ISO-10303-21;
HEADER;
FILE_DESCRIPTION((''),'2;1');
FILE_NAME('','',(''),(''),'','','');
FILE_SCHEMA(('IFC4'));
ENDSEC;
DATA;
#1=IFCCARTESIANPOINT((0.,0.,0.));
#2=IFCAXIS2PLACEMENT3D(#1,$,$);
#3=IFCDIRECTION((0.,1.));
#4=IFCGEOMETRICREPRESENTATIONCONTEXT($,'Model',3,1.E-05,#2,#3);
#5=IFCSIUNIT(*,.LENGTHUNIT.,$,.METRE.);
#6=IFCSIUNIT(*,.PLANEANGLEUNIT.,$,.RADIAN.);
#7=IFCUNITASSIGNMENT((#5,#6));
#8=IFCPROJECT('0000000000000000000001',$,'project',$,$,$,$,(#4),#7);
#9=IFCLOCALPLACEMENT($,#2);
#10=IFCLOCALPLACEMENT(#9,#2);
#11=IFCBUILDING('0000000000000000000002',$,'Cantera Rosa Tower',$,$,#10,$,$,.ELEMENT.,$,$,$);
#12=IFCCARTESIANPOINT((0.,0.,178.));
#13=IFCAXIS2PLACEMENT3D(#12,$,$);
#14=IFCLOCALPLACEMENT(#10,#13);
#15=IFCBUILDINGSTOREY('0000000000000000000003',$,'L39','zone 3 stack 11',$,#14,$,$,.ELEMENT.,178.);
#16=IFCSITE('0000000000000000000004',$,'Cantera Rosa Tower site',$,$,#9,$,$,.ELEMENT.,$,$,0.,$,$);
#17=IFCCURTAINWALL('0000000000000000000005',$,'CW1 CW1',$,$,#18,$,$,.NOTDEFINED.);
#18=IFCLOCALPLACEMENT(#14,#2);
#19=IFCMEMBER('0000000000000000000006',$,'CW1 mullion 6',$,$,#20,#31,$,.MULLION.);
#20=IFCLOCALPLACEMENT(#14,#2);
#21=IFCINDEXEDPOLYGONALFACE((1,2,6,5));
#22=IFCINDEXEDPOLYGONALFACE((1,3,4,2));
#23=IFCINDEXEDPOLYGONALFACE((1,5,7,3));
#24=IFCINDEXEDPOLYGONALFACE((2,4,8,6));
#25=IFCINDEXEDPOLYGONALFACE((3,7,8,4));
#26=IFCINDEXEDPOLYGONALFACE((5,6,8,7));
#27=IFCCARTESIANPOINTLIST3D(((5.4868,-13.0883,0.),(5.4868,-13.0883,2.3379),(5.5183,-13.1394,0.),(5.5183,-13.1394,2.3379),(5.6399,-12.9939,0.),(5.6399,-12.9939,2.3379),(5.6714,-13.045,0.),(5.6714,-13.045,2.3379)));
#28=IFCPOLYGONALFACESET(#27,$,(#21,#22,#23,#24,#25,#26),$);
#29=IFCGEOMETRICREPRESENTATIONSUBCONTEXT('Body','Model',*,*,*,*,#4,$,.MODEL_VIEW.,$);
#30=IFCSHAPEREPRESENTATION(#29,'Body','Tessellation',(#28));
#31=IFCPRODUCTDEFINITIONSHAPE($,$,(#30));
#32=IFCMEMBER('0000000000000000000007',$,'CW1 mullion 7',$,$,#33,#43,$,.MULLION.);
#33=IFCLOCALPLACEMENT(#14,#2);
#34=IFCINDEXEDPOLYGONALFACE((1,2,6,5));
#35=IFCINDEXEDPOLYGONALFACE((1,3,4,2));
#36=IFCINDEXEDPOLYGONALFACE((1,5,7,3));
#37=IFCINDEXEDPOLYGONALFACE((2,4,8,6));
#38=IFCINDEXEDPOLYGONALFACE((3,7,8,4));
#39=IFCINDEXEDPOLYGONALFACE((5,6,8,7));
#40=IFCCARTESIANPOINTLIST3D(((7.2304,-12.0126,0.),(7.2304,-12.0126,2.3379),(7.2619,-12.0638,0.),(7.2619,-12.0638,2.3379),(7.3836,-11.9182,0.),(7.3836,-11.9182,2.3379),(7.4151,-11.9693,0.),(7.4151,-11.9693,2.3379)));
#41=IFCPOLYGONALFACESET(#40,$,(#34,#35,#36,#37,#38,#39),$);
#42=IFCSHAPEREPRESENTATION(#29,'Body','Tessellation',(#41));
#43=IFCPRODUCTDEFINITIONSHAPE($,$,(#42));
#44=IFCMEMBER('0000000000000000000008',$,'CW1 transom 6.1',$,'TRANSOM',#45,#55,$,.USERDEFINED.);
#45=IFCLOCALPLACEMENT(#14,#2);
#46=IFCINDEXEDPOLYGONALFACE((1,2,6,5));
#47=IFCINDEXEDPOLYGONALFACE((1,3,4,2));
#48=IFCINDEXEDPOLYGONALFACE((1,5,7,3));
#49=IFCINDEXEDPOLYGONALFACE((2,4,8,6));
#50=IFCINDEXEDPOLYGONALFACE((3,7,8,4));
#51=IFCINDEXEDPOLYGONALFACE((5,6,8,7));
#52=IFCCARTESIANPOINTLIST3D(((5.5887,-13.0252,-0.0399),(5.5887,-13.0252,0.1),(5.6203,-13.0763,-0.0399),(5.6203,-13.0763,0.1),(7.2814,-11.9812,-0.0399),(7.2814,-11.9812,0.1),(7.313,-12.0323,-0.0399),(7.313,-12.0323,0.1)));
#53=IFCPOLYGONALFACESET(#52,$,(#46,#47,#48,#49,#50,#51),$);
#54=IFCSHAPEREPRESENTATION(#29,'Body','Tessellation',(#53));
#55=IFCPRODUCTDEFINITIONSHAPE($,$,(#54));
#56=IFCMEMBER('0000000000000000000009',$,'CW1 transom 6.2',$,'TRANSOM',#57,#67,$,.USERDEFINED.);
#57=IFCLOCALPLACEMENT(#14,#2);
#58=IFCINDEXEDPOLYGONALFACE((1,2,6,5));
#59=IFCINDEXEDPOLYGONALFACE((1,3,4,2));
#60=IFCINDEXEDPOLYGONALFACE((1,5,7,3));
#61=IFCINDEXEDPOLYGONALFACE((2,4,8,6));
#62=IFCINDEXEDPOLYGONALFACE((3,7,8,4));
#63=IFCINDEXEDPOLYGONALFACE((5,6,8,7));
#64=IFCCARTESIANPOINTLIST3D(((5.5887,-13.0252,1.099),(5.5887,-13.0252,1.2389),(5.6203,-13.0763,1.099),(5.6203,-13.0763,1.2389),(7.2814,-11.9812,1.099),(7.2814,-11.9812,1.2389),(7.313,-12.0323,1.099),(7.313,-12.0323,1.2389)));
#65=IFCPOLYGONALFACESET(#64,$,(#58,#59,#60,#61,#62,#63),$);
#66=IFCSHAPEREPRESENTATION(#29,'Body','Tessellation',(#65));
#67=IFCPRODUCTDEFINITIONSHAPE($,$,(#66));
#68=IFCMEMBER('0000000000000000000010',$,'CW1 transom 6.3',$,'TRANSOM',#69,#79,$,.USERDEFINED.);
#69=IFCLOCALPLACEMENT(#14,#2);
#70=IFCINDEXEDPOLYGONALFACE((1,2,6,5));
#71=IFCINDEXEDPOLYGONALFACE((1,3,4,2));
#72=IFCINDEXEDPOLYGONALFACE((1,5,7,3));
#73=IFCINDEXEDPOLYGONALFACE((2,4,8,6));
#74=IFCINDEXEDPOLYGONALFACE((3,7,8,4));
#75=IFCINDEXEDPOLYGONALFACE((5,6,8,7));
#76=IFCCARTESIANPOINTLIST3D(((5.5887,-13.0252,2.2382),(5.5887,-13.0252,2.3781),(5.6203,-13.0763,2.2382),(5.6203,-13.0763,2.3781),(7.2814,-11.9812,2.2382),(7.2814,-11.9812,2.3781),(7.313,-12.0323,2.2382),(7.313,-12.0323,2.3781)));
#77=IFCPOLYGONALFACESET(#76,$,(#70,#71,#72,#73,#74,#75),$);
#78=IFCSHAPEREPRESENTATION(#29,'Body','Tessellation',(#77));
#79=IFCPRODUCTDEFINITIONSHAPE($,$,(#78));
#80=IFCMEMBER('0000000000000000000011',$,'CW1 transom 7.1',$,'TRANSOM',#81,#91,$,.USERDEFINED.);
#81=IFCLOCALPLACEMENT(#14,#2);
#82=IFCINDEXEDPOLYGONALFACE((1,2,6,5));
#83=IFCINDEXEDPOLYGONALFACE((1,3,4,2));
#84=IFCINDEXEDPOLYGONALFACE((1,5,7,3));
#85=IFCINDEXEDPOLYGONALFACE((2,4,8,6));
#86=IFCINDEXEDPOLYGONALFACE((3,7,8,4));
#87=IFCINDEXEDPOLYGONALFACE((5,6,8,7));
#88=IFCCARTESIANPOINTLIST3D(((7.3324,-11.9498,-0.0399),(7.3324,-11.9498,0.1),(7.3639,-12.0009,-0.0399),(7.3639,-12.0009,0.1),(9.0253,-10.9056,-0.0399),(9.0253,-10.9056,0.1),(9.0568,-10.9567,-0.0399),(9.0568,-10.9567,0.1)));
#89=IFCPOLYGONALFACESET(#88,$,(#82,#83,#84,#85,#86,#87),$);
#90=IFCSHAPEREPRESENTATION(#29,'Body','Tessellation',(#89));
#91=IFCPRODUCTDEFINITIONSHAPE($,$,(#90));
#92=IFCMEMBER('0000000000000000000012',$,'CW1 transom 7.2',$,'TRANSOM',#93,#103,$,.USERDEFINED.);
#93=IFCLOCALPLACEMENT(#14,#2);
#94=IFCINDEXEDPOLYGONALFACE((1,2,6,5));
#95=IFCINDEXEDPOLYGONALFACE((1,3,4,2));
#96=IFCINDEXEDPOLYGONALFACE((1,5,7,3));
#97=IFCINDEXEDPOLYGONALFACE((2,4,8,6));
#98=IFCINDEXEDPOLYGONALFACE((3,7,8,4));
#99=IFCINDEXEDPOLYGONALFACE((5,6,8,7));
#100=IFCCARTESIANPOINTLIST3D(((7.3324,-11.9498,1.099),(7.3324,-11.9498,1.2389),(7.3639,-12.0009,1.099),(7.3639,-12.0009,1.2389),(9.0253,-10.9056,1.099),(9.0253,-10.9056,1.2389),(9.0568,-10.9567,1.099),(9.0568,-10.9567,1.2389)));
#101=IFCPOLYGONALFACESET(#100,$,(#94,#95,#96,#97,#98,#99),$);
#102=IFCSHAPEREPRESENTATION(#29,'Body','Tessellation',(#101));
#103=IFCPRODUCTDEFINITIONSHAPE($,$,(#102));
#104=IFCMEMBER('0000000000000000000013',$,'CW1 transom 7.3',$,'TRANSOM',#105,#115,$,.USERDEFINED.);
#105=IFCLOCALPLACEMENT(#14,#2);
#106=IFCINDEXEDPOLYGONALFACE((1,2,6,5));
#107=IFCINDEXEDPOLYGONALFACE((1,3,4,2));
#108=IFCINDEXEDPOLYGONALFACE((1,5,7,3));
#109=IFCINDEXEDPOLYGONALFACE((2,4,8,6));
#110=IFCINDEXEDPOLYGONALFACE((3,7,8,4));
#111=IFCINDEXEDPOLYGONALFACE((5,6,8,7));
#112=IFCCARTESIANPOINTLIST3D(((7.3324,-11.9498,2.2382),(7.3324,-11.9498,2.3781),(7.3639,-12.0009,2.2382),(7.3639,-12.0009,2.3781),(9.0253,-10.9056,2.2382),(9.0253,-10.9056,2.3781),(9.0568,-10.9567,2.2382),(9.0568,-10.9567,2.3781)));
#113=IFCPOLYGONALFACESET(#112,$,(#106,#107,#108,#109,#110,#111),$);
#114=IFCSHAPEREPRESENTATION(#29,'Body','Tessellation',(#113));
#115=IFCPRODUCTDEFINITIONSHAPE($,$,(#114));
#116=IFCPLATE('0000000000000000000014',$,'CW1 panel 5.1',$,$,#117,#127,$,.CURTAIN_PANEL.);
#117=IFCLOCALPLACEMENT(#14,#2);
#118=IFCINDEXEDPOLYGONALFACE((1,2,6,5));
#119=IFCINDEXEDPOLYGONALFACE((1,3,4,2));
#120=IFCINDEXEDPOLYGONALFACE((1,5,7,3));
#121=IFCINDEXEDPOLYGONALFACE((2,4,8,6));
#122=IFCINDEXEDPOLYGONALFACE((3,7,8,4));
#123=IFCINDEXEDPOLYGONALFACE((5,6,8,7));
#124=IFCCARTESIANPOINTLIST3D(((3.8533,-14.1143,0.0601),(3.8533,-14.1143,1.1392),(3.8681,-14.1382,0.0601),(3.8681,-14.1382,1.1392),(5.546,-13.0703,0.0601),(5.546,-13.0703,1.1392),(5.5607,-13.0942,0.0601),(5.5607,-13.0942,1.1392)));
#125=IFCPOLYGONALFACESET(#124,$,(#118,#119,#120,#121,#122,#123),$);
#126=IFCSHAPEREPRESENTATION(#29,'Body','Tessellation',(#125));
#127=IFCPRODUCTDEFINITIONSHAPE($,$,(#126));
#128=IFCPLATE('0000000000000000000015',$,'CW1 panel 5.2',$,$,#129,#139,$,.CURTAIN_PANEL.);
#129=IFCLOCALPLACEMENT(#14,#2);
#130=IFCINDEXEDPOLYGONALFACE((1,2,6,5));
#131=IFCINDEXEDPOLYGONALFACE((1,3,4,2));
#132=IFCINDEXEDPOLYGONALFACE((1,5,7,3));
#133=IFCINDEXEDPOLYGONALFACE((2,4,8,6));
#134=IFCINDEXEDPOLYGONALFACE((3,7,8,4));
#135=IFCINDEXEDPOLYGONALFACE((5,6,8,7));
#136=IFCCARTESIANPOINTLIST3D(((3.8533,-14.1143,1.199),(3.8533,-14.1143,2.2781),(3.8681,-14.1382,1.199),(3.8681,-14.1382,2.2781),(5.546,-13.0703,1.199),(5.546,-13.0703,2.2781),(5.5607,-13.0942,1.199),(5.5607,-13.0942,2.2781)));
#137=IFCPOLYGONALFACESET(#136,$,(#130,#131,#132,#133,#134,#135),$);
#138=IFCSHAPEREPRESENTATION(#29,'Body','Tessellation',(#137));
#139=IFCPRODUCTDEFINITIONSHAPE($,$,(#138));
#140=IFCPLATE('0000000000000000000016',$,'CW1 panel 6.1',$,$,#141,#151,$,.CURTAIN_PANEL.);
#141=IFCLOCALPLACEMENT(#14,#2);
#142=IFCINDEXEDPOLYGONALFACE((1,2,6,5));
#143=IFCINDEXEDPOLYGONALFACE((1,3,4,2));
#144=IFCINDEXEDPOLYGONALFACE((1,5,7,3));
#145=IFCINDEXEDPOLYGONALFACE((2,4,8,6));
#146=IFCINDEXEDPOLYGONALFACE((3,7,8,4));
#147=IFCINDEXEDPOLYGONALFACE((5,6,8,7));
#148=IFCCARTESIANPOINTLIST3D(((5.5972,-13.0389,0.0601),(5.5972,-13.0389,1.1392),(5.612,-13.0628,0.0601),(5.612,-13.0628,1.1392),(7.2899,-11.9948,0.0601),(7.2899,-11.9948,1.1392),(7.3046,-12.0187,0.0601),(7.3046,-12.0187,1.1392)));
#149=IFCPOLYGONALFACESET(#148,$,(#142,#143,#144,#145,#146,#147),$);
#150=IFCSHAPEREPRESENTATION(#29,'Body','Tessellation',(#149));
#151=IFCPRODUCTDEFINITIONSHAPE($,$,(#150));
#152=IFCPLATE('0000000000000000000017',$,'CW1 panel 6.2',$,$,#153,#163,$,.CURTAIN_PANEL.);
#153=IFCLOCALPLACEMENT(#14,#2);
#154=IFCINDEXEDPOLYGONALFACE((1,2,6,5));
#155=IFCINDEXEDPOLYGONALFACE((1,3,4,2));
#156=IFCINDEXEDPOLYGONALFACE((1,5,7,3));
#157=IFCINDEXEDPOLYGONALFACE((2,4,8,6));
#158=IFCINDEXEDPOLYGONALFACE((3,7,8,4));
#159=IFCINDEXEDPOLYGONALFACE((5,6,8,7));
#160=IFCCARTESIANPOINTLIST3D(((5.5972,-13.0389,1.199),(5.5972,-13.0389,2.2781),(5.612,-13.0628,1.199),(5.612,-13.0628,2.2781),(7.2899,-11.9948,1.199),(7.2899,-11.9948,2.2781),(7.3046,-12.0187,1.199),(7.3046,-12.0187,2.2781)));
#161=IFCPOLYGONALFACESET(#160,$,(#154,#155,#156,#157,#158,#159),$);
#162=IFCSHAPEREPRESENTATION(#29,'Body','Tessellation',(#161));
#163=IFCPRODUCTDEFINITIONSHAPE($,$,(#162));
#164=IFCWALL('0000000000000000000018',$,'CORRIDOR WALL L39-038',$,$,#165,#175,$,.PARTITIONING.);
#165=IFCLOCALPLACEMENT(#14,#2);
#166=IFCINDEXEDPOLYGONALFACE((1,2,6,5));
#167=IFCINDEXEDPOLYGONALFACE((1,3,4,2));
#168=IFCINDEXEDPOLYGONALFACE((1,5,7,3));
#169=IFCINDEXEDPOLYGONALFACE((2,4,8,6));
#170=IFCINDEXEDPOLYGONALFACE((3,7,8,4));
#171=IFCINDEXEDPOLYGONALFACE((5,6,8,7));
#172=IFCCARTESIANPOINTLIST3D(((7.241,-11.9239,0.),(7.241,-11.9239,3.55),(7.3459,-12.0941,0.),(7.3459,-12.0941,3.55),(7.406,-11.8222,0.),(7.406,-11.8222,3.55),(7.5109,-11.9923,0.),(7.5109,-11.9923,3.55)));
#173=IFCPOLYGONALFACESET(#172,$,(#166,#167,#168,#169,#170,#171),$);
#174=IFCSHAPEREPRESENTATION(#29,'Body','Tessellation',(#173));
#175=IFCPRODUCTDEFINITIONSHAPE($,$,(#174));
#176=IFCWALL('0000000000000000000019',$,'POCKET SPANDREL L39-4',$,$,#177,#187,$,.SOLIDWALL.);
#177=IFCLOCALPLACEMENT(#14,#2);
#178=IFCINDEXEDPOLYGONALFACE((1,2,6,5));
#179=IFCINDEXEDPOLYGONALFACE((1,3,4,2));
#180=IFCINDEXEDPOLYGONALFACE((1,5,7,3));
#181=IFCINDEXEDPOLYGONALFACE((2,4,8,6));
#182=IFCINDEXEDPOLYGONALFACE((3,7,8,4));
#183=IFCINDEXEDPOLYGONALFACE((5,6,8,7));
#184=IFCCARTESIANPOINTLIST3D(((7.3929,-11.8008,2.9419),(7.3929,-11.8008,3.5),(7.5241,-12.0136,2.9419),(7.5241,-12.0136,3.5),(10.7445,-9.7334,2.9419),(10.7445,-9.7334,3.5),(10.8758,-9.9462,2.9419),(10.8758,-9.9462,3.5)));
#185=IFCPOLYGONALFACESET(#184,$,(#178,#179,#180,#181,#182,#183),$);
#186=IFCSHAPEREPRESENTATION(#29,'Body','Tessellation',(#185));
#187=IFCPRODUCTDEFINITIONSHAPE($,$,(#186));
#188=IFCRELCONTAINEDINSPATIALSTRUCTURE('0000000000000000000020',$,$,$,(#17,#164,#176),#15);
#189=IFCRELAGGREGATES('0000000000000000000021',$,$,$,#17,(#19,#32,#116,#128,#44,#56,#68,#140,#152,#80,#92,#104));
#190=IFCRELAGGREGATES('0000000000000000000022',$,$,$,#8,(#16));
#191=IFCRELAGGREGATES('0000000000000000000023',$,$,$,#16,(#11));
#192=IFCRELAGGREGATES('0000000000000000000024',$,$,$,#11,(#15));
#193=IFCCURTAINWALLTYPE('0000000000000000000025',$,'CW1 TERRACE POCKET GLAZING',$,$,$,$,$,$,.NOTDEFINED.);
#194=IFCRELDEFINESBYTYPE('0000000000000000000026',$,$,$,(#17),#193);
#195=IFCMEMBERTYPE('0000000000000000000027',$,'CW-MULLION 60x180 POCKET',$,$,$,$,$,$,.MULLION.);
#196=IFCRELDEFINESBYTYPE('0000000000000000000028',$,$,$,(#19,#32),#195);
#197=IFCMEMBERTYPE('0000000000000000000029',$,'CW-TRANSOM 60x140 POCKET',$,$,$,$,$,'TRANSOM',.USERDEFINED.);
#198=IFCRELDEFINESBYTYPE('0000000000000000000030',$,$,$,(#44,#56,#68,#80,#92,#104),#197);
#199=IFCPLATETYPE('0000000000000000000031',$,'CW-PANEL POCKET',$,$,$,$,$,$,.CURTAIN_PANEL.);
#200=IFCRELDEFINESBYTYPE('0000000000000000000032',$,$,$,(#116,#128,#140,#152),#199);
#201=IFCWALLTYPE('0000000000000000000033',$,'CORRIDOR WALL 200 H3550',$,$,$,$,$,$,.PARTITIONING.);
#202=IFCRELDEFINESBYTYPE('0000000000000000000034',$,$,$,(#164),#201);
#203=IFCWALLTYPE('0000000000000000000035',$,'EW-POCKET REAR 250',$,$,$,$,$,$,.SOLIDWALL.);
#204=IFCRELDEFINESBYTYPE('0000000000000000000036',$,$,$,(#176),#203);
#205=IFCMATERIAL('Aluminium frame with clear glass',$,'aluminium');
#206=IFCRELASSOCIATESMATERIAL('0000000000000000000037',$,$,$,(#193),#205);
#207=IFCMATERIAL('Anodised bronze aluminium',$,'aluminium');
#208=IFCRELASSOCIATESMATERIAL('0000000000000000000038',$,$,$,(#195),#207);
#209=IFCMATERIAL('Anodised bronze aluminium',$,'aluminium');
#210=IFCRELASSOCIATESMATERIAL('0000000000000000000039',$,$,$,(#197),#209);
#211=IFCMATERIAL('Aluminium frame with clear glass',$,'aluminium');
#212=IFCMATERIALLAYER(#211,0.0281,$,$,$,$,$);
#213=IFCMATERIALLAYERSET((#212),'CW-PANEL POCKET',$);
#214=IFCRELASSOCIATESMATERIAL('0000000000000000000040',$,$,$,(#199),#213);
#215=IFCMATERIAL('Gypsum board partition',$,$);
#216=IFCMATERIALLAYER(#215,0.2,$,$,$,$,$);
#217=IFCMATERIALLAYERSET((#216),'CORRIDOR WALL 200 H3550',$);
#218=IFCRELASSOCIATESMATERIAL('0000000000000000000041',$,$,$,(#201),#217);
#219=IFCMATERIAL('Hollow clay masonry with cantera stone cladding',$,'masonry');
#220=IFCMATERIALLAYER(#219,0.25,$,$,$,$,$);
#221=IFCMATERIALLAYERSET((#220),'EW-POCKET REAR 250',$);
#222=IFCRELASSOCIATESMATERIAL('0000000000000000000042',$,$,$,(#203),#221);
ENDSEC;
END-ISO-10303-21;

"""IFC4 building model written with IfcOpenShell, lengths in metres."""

from ifc_helpers import new_model, si_unit, direction, frame, frame_2d, origin, origin_2d, place, context, subcontext, project, spatial, rectangle, extrude, material, layer, layer_set, material_profile, profile_set, type_object, element, aggregate, save


model = new_model("IFC4")

# Units and contexts
model_context = context("Model", 3, precision=1e-05, world=origin(), true_north=direction((0.0, 1.0)))
body_context = subcontext(model_context, "Body", "Model", "MODEL_VIEW")
ifc_project = project(units=[si_unit("LENGTHUNIT", "METRE"), si_unit("PLANEANGLEUNIT", "RADIAN")], contexts=[model_context])

# Site, building, storey
site_placement = place(None, origin())
site = spatial("IfcSite", under=ifc_project, at=site_placement, Name="Cantera Rosa Tower site", CompositionType="ELEMENT", RefElevation=0.0)
building_placement = place(site_placement, origin())
building = spatial("IfcBuilding", under=site, at=building_placement, Name="Cantera Rosa Tower", CompositionType="ELEMENT")
storey_placement = place(building_placement, frame((0.0, 0.0, 178.0)))
storey = spatial("IfcBuildingStorey", under=building, at=storey_placement, Name="L39", Description="zone 3 stack 11", CompositionType="ELEMENT", Elevation=178.0)

# Curtain wall, members, plates
ifc_material_1 = material(Name="Aluminium frame with clear glass", Category="aluminium")
curtain_wall_type = type_object("IfcCurtainWallType", Name="CW1 TERRACE POCKET GLAZING", PredefinedType="NOTDEFINED", material=ifc_material_1)
curtain_wall_placement = place(storey_placement, origin())
curtain_wall = element("IfcCurtainWall", 1, at=curtain_wall_placement, inside=storey, type_object=curtain_wall_type, Name="CW1 CW1", PredefinedType="NOTDEFINED")
ifc_material_2 = material(Name="Anodised bronze aluminium", Category="aluminium")
ifc_material_profile_1 = material_profile(ifc_material_2, rectangle(XDim=0.0601, YDim=0.1799, at=origin_2d()), Name="CW-MULLION 60x180 POCKET")
ifc_profile_set_1 = profile_set([ifc_material_profile_1], Name="Anodised bronze aluminium")
member_type_1 = type_object("IfcMemberType", Name="CW-MULLION 60x180 POCKET", PredefinedType="MULLION", material=ifc_profile_set_1)
member_1_placement = place(storey_placement, frame((5.5791, -13.0667, 0.0), z_axis=(0.0, 0.0, 1.0), x_axis=(-0.524977, 0.851117, 0.0)))
member_1 = element("IfcMember", 2, at=member_1_placement, type_object=member_type_1, Name="CW1 mullion 6", PredefinedType="MULLION", context=body_context, shape_type="SweptSolid", body=[
    extrude(rectangle(XDim=0.0601, YDim=0.1799, at=origin_2d()), origin(), (0.0, 0.0, 1.0), 2.3379),
])
member_2_placement = place(storey_placement, frame((7.3228, -11.991, 0.0), z_axis=(0.0, 0.0, 1.0), x_axis=(-0.524977, 0.851117, 0.0)))
member_2 = element("IfcMember", 3, at=member_2_placement, type_object=member_type_1, Name="CW1 mullion 7", PredefinedType="MULLION", context=body_context, shape_type="SweptSolid", body=[
    extrude(rectangle(XDim=0.0601, YDim=0.1799, at=origin_2d()), origin(), (0.0, 0.0, 1.0), 2.3379),
])
ifc_material_3 = material(Name="Anodised bronze aluminium", Category="aluminium")
ifc_material_profile_2 = material_profile(ifc_material_3, rectangle(XDim=0.0601, YDim=0.1399, at=origin_2d()), Name="CW-TRANSOM 60x140 POCKET")
ifc_profile_set_2 = profile_set([ifc_material_profile_2], Name="Anodised bronze aluminium")
member_type_2 = type_object("IfcMemberType", Name="CW-TRANSOM 60x140 POCKET", ElementType="TRANSOM", PredefinedType="USERDEFINED", material=ifc_profile_set_2)
member_3_placement = place(storey_placement, frame((5.6045, -13.0508, 0.03), z_axis=(0.851135, 0.524947, 0.0), x_axis=(-0.524947, 0.851135, 0.0)))
member_3 = element("IfcMember", 4, at=member_3_placement, type_object=member_type_2, Name="CW1 transom 6.1", ObjectType="TRANSOM", PredefinedType="USERDEFINED", context=body_context, shape_type="SweptSolid", body=[
    extrude(rectangle(XDim=0.0601, YDim=0.1399, at=origin_2d()), origin(), (0.0, 0.0, 1.0), 1.9888),
])
member_4_placement = place(storey_placement, frame((5.6045, -13.0508, 1.1689), z_axis=(0.851135, 0.524947, 0.0), x_axis=(-0.524947, 0.851135, 0.0)))
member_4 = element("IfcMember", 5, at=member_4_placement, type_object=member_type_2, Name="CW1 transom 6.2", ObjectType="TRANSOM", PredefinedType="USERDEFINED", context=body_context, shape_type="SweptSolid", body=[
    extrude(rectangle(XDim=0.0601, YDim=0.1399, at=origin_2d()), origin(), (0.0, 0.0, 1.0), 1.9888),
])
member_5_placement = place(storey_placement, frame((5.6045, -13.0508, 2.3081), z_axis=(0.851135, 0.524947, 0.0), x_axis=(-0.524947, 0.851135, 0.0)))
member_5 = element("IfcMember", 6, at=member_5_placement, type_object=member_type_2, Name="CW1 transom 6.3", ObjectType="TRANSOM", PredefinedType="USERDEFINED", context=body_context, shape_type="SweptSolid", body=[
    extrude(rectangle(XDim=0.0601, YDim=0.1399, at=origin_2d()), origin(), (0.0, 0.0, 1.0), 1.9888),
])
member_6_placement = place(storey_placement, frame((7.3481, -11.9753, 0.03), z_axis=(0.851114, 0.524981, 0.0), x_axis=(-0.524981, 0.851114, 0.0)))
member_6 = element("IfcMember", 7, at=member_6_placement, type_object=member_type_2, Name="CW1 transom 7.1", ObjectType="TRANSOM", PredefinedType="USERDEFINED", context=body_context, shape_type="SweptSolid", body=[
    extrude(rectangle(XDim=0.0601, YDim=0.1399, at=origin_2d()), origin(), (0.0, 0.0, 1.0), 1.989),
])
member_7_placement = place(storey_placement, frame((7.3481, -11.9753, 1.1689), z_axis=(0.851114, 0.524981, 0.0), x_axis=(-0.524981, 0.851114, 0.0)))
member_7 = element("IfcMember", 8, at=member_7_placement, type_object=member_type_2, Name="CW1 transom 7.2", ObjectType="TRANSOM", PredefinedType="USERDEFINED", context=body_context, shape_type="SweptSolid", body=[
    extrude(rectangle(XDim=0.0601, YDim=0.1399, at=origin_2d()), origin(), (0.0, 0.0, 1.0), 1.989),
])
member_8_placement = place(storey_placement, frame((7.3481, -11.9753, 2.3081), z_axis=(0.851114, 0.524981, 0.0), x_axis=(-0.524981, 0.851114, 0.0)))
member_8 = element("IfcMember", 9, at=member_8_placement, type_object=member_type_2, Name="CW1 transom 7.3", ObjectType="TRANSOM", PredefinedType="USERDEFINED", context=body_context, shape_type="SweptSolid", body=[
    extrude(rectangle(XDim=0.0601, YDim=0.1399, at=origin_2d()), origin(), (0.0, 0.0, 1.0), 1.989),
])
ifc_material_4 = material(Name="Aluminium frame with clear glass", Category="aluminium")
ifc_layer_1 = layer(ifc_material_4, 0.0281)
ifc_layer_set_1 = layer_set([ifc_layer_1], Name="CW-PANEL POCKET")
plate_type = type_object("IfcPlateType", Name="CW-PANEL POCKET", PredefinedType="CURTAIN_PANEL", material=ifc_layer_set_1)
plate_1_placement = place(storey_placement, frame((4.707, -13.6042, 0.0601), z_axis=(0.0, 0.0, 1.0), x_axis=(0.851117, 0.524977, 0.0)))
plate_1 = element("IfcPlate", 10, at=plate_1_placement, type_object=plate_type, Name="CW1 panel 5.1", PredefinedType="CURTAIN_PANEL", context=body_context, shape_type="SweptSolid", body=[
    extrude(rectangle(XDim=1.9888, YDim=0.0281, at=origin_2d()), origin(), (0.0, 0.0, 1.0), 1.0791),
])
plate_2_placement = place(storey_placement, frame((4.707, -13.6042, 1.199), z_axis=(0.0, 0.0, 1.0), x_axis=(0.851117, 0.524977, 0.0)))
plate_2 = element("IfcPlate", 11, at=plate_2_placement, type_object=plate_type, Name="CW1 panel 5.2", PredefinedType="CURTAIN_PANEL", context=body_context, shape_type="SweptSolid", body=[
    extrude(rectangle(XDim=1.9888, YDim=0.0281, at=origin_2d()), origin(), (0.0, 0.0, 1.0), 1.0791),
])
plate_3_placement = place(storey_placement, frame((6.4509, -12.5288, 0.0601), z_axis=(0.0, 0.0, 1.0), x_axis=(0.851117, 0.524977, 0.0)))
plate_3 = element("IfcPlate", 12, at=plate_3_placement, type_object=plate_type, Name="CW1 panel 6.1", PredefinedType="CURTAIN_PANEL", context=body_context, shape_type="SweptSolid", body=[
    extrude(rectangle(XDim=1.9888, YDim=0.0281, at=origin_2d()), origin(), (0.0, 0.0, 1.0), 1.0791),
])
plate_4_placement = place(storey_placement, frame((6.4509, -12.5288, 1.199), z_axis=(0.0, 0.0, 1.0), x_axis=(0.851117, 0.524977, 0.0)))
plate_4 = element("IfcPlate", 13, at=plate_4_placement, type_object=plate_type, Name="CW1 panel 6.2", PredefinedType="CURTAIN_PANEL", context=body_context, shape_type="SweptSolid", body=[
    extrude(rectangle(XDim=1.9888, YDim=0.0281, at=origin_2d()), origin(), (0.0, 0.0, 1.0), 1.0791),
])
aggregate(curtain_wall, [member_1, member_2, plate_1, plate_2, member_3, member_4, member_5, plate_3, plate_4, member_6, member_7, member_8])

# Walls
ifc_material_5 = material(Name="Gypsum board partition")
ifc_layer_2 = layer(ifc_material_5, 0.2)
ifc_layer_set_2 = layer_set([ifc_layer_2], Name="CORRIDOR WALL 200 H3550")
wall_type_1 = type_object("IfcWallType", Name="CORRIDOR WALL 200 H3550", PredefinedType="PARTITIONING", material=ifc_layer_set_2)
wall_1_placement = place(storey_placement, frame((7.2935, -12.009, 0.0), z_axis=(0.0, 0.0, 1.0), x_axis=(0.851096, 0.52501, 0.0)))
element("IfcWall", 14, at=wall_1_placement, inside=storey, type_object=wall_type_1, Name="CORRIDOR WALL L39-038", PredefinedType="PARTITIONING", context=body_context, shape_type="SweptSolid", body=[
    extrude(rectangle(XDim=0.1938, YDim=0.2, at=frame_2d((0.0969, 0.0))), origin(), (0.0, 0.0, 1.0), 3.55),
])
ifc_material_6 = material(Name="Hollow clay masonry with cantera stone cladding", Category="masonry")
ifc_layer_3 = layer(ifc_material_6, 0.25)
ifc_layer_set_3 = layer_set([ifc_layer_3], Name="EW-POCKET REAR 250")
wall_type_2 = type_object("IfcWallType", Name="EW-POCKET REAR 250", PredefinedType="SOLIDWALL", material=ifc_layer_set_3)
wall_2_placement = place(storey_placement, frame((7.4585, -11.9072, 2.9419), z_axis=(0.0, 0.0, 1.0), x_axis=(0.851104, 0.524996, 0.0)))
element("IfcWall", 15, at=wall_2_placement, inside=storey, type_object=wall_type_2, Name="POCKET SPANDREL L39-4", PredefinedType="SOLIDWALL", context=body_context, shape_type="SweptSolid", body=[
    extrude(rectangle(XDim=3.938, YDim=0.25, at=frame_2d((1.969, 0.0))), origin(), (0.0, 0.0, 1.0), 0.5581),
])

save(model, "model.ifc")
